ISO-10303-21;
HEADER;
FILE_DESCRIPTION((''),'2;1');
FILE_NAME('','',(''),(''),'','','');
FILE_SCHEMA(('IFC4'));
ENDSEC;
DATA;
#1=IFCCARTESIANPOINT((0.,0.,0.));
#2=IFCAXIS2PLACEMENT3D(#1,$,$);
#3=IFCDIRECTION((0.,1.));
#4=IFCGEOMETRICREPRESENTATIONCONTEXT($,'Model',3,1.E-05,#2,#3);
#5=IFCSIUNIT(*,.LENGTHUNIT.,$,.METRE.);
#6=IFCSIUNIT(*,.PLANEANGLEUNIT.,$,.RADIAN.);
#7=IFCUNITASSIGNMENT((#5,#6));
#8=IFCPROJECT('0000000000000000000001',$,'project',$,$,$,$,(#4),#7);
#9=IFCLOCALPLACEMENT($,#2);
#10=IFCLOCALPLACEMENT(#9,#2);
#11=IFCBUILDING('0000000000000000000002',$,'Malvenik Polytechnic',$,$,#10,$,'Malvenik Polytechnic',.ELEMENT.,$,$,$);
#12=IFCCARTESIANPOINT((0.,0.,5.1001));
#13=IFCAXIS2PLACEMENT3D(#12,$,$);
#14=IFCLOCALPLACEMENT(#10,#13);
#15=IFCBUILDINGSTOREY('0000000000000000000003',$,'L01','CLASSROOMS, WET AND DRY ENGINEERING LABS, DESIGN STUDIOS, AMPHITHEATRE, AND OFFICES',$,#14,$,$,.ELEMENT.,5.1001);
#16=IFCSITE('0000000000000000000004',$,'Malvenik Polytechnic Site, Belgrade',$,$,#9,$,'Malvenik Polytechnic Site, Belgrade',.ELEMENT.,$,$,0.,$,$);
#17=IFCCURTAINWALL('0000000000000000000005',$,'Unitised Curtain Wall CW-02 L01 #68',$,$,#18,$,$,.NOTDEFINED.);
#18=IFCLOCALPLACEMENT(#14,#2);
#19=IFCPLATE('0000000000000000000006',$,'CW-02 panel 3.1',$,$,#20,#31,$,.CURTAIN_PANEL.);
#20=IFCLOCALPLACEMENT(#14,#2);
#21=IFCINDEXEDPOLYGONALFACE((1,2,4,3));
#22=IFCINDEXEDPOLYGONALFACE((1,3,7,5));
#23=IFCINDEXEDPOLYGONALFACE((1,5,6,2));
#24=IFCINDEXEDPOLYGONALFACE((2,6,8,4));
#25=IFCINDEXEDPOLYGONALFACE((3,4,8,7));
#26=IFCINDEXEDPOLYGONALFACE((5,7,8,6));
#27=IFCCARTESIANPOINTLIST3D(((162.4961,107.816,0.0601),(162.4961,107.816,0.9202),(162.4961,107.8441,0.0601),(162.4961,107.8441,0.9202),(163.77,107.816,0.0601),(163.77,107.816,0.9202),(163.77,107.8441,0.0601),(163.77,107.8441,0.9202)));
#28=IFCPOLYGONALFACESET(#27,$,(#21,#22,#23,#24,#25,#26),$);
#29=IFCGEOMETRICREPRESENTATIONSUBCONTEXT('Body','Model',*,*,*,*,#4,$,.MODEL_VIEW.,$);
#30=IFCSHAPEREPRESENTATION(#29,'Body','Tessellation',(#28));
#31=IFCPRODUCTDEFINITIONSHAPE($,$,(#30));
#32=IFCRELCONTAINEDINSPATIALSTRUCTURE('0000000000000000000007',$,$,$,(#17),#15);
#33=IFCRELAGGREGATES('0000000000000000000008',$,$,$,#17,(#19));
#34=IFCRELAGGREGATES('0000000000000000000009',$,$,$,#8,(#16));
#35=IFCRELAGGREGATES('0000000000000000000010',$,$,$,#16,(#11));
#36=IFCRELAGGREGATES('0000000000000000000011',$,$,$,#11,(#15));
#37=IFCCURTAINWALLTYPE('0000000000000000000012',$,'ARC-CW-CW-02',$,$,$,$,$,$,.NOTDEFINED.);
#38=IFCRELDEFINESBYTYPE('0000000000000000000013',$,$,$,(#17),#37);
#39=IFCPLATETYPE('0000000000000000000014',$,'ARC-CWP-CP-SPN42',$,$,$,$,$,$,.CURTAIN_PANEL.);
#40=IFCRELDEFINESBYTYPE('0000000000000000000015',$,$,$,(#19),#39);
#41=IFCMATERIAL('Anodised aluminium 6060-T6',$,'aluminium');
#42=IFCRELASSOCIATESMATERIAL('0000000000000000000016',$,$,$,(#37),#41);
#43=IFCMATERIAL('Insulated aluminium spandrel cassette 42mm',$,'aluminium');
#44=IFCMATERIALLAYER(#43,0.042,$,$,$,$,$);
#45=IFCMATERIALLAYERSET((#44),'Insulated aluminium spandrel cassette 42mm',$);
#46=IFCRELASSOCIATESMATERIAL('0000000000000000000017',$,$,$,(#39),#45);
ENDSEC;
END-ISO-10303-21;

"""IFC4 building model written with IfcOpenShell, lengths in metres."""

from ifc_helpers import new_model, si_unit, direction, frame, origin, origin_2d, place, context, subcontext, project, spatial, rectangle, extrude, material, layer, layer_set, type_object, element, aggregate, save


model = new_model("IFC4")

# Units and contexts
model_context = context("Model", 3, precision=1e-05, world=origin(), true_north=direction((0.0, 1.0)))
body_context = subcontext(model_context, "Body", "Model", "MODEL_VIEW")
ifc_project = project(units=[si_unit("LENGTHUNIT", "METRE"), si_unit("PLANEANGLEUNIT", "RADIAN")], contexts=[model_context])

# Site, building, storey
site_placement = place(None, origin())
site = spatial("IfcSite", under=ifc_project, at=site_placement, Name="Malvenik Polytechnic Site, Belgrade", LongName="Malvenik Polytechnic Site, Belgrade", CompositionType="ELEMENT", RefElevation=0.0)
building_placement = place(site_placement, origin())
building = spatial("IfcBuilding", under=site, at=building_placement, Name="Malvenik Polytechnic", LongName="Malvenik Polytechnic", CompositionType="ELEMENT")
storey_placement = place(building_placement, frame((0.0, 0.0, 5.1001)))
storey = spatial("IfcBuildingStorey", under=building, at=storey_placement, Name="L01", Description="CLASSROOMS, WET AND DRY ENGINEERING LABS, DESIGN STUDIOS, AMPHITHEATRE, AND OFFICES", CompositionType="ELEMENT", Elevation=5.1001)

# Curtain wall
ifc_material_1 = material(Name="Anodised aluminium 6060-T6", Category="aluminium")
curtain_wall_type = type_object("IfcCurtainWallType", Name="ARC-CW-CW-02", PredefinedType="NOTDEFINED", material=ifc_material_1)
curtain_wall_1_placement = place(storey_placement, origin())
curtain_wall_1 = element("IfcCurtainWall", 1, at=curtain_wall_1_placement, inside=storey, type_object=curtain_wall_type, Name="Unitised Curtain Wall CW-02 L01 #68", PredefinedType="NOTDEFINED")

# Plate
ifc_material_2 = material(Name="Insulated aluminium spandrel cassette 42mm", Category="aluminium")
ifc_layer_1 = layer(ifc_material_2, 0.042)
ifc_layer_set_1 = layer_set([ifc_layer_1], Name="Insulated aluminium spandrel cassette 42mm")
plate_type_1 = type_object("IfcPlateType", Name="ARC-CWP-CP-SPN42", PredefinedType="CURTAIN_PANEL", material=ifc_layer_set_1)
plate_1_placement = place(storey_placement, frame((163.1331, 107.8301, 0.0601), z_axis=(0.0, 0.0, 1.0), x_axis=(1.0, 0.0, 0.0)))
plate_1 = element("IfcPlate", 2, at=plate_1_placement, type_object=plate_type_1, Name="CW-02 panel 3.1", PredefinedType="CURTAIN_PANEL", context=body_context, shape_type="SweptSolid", body=[
    extrude(rectangle(XDim=1.2739, YDim=0.0281, at=origin_2d()), origin(), (0.0, 0.0, 1.0), 0.8601),
])
aggregate(curtain_wall_1, [plate_1])

save(model, "model.ifc")
